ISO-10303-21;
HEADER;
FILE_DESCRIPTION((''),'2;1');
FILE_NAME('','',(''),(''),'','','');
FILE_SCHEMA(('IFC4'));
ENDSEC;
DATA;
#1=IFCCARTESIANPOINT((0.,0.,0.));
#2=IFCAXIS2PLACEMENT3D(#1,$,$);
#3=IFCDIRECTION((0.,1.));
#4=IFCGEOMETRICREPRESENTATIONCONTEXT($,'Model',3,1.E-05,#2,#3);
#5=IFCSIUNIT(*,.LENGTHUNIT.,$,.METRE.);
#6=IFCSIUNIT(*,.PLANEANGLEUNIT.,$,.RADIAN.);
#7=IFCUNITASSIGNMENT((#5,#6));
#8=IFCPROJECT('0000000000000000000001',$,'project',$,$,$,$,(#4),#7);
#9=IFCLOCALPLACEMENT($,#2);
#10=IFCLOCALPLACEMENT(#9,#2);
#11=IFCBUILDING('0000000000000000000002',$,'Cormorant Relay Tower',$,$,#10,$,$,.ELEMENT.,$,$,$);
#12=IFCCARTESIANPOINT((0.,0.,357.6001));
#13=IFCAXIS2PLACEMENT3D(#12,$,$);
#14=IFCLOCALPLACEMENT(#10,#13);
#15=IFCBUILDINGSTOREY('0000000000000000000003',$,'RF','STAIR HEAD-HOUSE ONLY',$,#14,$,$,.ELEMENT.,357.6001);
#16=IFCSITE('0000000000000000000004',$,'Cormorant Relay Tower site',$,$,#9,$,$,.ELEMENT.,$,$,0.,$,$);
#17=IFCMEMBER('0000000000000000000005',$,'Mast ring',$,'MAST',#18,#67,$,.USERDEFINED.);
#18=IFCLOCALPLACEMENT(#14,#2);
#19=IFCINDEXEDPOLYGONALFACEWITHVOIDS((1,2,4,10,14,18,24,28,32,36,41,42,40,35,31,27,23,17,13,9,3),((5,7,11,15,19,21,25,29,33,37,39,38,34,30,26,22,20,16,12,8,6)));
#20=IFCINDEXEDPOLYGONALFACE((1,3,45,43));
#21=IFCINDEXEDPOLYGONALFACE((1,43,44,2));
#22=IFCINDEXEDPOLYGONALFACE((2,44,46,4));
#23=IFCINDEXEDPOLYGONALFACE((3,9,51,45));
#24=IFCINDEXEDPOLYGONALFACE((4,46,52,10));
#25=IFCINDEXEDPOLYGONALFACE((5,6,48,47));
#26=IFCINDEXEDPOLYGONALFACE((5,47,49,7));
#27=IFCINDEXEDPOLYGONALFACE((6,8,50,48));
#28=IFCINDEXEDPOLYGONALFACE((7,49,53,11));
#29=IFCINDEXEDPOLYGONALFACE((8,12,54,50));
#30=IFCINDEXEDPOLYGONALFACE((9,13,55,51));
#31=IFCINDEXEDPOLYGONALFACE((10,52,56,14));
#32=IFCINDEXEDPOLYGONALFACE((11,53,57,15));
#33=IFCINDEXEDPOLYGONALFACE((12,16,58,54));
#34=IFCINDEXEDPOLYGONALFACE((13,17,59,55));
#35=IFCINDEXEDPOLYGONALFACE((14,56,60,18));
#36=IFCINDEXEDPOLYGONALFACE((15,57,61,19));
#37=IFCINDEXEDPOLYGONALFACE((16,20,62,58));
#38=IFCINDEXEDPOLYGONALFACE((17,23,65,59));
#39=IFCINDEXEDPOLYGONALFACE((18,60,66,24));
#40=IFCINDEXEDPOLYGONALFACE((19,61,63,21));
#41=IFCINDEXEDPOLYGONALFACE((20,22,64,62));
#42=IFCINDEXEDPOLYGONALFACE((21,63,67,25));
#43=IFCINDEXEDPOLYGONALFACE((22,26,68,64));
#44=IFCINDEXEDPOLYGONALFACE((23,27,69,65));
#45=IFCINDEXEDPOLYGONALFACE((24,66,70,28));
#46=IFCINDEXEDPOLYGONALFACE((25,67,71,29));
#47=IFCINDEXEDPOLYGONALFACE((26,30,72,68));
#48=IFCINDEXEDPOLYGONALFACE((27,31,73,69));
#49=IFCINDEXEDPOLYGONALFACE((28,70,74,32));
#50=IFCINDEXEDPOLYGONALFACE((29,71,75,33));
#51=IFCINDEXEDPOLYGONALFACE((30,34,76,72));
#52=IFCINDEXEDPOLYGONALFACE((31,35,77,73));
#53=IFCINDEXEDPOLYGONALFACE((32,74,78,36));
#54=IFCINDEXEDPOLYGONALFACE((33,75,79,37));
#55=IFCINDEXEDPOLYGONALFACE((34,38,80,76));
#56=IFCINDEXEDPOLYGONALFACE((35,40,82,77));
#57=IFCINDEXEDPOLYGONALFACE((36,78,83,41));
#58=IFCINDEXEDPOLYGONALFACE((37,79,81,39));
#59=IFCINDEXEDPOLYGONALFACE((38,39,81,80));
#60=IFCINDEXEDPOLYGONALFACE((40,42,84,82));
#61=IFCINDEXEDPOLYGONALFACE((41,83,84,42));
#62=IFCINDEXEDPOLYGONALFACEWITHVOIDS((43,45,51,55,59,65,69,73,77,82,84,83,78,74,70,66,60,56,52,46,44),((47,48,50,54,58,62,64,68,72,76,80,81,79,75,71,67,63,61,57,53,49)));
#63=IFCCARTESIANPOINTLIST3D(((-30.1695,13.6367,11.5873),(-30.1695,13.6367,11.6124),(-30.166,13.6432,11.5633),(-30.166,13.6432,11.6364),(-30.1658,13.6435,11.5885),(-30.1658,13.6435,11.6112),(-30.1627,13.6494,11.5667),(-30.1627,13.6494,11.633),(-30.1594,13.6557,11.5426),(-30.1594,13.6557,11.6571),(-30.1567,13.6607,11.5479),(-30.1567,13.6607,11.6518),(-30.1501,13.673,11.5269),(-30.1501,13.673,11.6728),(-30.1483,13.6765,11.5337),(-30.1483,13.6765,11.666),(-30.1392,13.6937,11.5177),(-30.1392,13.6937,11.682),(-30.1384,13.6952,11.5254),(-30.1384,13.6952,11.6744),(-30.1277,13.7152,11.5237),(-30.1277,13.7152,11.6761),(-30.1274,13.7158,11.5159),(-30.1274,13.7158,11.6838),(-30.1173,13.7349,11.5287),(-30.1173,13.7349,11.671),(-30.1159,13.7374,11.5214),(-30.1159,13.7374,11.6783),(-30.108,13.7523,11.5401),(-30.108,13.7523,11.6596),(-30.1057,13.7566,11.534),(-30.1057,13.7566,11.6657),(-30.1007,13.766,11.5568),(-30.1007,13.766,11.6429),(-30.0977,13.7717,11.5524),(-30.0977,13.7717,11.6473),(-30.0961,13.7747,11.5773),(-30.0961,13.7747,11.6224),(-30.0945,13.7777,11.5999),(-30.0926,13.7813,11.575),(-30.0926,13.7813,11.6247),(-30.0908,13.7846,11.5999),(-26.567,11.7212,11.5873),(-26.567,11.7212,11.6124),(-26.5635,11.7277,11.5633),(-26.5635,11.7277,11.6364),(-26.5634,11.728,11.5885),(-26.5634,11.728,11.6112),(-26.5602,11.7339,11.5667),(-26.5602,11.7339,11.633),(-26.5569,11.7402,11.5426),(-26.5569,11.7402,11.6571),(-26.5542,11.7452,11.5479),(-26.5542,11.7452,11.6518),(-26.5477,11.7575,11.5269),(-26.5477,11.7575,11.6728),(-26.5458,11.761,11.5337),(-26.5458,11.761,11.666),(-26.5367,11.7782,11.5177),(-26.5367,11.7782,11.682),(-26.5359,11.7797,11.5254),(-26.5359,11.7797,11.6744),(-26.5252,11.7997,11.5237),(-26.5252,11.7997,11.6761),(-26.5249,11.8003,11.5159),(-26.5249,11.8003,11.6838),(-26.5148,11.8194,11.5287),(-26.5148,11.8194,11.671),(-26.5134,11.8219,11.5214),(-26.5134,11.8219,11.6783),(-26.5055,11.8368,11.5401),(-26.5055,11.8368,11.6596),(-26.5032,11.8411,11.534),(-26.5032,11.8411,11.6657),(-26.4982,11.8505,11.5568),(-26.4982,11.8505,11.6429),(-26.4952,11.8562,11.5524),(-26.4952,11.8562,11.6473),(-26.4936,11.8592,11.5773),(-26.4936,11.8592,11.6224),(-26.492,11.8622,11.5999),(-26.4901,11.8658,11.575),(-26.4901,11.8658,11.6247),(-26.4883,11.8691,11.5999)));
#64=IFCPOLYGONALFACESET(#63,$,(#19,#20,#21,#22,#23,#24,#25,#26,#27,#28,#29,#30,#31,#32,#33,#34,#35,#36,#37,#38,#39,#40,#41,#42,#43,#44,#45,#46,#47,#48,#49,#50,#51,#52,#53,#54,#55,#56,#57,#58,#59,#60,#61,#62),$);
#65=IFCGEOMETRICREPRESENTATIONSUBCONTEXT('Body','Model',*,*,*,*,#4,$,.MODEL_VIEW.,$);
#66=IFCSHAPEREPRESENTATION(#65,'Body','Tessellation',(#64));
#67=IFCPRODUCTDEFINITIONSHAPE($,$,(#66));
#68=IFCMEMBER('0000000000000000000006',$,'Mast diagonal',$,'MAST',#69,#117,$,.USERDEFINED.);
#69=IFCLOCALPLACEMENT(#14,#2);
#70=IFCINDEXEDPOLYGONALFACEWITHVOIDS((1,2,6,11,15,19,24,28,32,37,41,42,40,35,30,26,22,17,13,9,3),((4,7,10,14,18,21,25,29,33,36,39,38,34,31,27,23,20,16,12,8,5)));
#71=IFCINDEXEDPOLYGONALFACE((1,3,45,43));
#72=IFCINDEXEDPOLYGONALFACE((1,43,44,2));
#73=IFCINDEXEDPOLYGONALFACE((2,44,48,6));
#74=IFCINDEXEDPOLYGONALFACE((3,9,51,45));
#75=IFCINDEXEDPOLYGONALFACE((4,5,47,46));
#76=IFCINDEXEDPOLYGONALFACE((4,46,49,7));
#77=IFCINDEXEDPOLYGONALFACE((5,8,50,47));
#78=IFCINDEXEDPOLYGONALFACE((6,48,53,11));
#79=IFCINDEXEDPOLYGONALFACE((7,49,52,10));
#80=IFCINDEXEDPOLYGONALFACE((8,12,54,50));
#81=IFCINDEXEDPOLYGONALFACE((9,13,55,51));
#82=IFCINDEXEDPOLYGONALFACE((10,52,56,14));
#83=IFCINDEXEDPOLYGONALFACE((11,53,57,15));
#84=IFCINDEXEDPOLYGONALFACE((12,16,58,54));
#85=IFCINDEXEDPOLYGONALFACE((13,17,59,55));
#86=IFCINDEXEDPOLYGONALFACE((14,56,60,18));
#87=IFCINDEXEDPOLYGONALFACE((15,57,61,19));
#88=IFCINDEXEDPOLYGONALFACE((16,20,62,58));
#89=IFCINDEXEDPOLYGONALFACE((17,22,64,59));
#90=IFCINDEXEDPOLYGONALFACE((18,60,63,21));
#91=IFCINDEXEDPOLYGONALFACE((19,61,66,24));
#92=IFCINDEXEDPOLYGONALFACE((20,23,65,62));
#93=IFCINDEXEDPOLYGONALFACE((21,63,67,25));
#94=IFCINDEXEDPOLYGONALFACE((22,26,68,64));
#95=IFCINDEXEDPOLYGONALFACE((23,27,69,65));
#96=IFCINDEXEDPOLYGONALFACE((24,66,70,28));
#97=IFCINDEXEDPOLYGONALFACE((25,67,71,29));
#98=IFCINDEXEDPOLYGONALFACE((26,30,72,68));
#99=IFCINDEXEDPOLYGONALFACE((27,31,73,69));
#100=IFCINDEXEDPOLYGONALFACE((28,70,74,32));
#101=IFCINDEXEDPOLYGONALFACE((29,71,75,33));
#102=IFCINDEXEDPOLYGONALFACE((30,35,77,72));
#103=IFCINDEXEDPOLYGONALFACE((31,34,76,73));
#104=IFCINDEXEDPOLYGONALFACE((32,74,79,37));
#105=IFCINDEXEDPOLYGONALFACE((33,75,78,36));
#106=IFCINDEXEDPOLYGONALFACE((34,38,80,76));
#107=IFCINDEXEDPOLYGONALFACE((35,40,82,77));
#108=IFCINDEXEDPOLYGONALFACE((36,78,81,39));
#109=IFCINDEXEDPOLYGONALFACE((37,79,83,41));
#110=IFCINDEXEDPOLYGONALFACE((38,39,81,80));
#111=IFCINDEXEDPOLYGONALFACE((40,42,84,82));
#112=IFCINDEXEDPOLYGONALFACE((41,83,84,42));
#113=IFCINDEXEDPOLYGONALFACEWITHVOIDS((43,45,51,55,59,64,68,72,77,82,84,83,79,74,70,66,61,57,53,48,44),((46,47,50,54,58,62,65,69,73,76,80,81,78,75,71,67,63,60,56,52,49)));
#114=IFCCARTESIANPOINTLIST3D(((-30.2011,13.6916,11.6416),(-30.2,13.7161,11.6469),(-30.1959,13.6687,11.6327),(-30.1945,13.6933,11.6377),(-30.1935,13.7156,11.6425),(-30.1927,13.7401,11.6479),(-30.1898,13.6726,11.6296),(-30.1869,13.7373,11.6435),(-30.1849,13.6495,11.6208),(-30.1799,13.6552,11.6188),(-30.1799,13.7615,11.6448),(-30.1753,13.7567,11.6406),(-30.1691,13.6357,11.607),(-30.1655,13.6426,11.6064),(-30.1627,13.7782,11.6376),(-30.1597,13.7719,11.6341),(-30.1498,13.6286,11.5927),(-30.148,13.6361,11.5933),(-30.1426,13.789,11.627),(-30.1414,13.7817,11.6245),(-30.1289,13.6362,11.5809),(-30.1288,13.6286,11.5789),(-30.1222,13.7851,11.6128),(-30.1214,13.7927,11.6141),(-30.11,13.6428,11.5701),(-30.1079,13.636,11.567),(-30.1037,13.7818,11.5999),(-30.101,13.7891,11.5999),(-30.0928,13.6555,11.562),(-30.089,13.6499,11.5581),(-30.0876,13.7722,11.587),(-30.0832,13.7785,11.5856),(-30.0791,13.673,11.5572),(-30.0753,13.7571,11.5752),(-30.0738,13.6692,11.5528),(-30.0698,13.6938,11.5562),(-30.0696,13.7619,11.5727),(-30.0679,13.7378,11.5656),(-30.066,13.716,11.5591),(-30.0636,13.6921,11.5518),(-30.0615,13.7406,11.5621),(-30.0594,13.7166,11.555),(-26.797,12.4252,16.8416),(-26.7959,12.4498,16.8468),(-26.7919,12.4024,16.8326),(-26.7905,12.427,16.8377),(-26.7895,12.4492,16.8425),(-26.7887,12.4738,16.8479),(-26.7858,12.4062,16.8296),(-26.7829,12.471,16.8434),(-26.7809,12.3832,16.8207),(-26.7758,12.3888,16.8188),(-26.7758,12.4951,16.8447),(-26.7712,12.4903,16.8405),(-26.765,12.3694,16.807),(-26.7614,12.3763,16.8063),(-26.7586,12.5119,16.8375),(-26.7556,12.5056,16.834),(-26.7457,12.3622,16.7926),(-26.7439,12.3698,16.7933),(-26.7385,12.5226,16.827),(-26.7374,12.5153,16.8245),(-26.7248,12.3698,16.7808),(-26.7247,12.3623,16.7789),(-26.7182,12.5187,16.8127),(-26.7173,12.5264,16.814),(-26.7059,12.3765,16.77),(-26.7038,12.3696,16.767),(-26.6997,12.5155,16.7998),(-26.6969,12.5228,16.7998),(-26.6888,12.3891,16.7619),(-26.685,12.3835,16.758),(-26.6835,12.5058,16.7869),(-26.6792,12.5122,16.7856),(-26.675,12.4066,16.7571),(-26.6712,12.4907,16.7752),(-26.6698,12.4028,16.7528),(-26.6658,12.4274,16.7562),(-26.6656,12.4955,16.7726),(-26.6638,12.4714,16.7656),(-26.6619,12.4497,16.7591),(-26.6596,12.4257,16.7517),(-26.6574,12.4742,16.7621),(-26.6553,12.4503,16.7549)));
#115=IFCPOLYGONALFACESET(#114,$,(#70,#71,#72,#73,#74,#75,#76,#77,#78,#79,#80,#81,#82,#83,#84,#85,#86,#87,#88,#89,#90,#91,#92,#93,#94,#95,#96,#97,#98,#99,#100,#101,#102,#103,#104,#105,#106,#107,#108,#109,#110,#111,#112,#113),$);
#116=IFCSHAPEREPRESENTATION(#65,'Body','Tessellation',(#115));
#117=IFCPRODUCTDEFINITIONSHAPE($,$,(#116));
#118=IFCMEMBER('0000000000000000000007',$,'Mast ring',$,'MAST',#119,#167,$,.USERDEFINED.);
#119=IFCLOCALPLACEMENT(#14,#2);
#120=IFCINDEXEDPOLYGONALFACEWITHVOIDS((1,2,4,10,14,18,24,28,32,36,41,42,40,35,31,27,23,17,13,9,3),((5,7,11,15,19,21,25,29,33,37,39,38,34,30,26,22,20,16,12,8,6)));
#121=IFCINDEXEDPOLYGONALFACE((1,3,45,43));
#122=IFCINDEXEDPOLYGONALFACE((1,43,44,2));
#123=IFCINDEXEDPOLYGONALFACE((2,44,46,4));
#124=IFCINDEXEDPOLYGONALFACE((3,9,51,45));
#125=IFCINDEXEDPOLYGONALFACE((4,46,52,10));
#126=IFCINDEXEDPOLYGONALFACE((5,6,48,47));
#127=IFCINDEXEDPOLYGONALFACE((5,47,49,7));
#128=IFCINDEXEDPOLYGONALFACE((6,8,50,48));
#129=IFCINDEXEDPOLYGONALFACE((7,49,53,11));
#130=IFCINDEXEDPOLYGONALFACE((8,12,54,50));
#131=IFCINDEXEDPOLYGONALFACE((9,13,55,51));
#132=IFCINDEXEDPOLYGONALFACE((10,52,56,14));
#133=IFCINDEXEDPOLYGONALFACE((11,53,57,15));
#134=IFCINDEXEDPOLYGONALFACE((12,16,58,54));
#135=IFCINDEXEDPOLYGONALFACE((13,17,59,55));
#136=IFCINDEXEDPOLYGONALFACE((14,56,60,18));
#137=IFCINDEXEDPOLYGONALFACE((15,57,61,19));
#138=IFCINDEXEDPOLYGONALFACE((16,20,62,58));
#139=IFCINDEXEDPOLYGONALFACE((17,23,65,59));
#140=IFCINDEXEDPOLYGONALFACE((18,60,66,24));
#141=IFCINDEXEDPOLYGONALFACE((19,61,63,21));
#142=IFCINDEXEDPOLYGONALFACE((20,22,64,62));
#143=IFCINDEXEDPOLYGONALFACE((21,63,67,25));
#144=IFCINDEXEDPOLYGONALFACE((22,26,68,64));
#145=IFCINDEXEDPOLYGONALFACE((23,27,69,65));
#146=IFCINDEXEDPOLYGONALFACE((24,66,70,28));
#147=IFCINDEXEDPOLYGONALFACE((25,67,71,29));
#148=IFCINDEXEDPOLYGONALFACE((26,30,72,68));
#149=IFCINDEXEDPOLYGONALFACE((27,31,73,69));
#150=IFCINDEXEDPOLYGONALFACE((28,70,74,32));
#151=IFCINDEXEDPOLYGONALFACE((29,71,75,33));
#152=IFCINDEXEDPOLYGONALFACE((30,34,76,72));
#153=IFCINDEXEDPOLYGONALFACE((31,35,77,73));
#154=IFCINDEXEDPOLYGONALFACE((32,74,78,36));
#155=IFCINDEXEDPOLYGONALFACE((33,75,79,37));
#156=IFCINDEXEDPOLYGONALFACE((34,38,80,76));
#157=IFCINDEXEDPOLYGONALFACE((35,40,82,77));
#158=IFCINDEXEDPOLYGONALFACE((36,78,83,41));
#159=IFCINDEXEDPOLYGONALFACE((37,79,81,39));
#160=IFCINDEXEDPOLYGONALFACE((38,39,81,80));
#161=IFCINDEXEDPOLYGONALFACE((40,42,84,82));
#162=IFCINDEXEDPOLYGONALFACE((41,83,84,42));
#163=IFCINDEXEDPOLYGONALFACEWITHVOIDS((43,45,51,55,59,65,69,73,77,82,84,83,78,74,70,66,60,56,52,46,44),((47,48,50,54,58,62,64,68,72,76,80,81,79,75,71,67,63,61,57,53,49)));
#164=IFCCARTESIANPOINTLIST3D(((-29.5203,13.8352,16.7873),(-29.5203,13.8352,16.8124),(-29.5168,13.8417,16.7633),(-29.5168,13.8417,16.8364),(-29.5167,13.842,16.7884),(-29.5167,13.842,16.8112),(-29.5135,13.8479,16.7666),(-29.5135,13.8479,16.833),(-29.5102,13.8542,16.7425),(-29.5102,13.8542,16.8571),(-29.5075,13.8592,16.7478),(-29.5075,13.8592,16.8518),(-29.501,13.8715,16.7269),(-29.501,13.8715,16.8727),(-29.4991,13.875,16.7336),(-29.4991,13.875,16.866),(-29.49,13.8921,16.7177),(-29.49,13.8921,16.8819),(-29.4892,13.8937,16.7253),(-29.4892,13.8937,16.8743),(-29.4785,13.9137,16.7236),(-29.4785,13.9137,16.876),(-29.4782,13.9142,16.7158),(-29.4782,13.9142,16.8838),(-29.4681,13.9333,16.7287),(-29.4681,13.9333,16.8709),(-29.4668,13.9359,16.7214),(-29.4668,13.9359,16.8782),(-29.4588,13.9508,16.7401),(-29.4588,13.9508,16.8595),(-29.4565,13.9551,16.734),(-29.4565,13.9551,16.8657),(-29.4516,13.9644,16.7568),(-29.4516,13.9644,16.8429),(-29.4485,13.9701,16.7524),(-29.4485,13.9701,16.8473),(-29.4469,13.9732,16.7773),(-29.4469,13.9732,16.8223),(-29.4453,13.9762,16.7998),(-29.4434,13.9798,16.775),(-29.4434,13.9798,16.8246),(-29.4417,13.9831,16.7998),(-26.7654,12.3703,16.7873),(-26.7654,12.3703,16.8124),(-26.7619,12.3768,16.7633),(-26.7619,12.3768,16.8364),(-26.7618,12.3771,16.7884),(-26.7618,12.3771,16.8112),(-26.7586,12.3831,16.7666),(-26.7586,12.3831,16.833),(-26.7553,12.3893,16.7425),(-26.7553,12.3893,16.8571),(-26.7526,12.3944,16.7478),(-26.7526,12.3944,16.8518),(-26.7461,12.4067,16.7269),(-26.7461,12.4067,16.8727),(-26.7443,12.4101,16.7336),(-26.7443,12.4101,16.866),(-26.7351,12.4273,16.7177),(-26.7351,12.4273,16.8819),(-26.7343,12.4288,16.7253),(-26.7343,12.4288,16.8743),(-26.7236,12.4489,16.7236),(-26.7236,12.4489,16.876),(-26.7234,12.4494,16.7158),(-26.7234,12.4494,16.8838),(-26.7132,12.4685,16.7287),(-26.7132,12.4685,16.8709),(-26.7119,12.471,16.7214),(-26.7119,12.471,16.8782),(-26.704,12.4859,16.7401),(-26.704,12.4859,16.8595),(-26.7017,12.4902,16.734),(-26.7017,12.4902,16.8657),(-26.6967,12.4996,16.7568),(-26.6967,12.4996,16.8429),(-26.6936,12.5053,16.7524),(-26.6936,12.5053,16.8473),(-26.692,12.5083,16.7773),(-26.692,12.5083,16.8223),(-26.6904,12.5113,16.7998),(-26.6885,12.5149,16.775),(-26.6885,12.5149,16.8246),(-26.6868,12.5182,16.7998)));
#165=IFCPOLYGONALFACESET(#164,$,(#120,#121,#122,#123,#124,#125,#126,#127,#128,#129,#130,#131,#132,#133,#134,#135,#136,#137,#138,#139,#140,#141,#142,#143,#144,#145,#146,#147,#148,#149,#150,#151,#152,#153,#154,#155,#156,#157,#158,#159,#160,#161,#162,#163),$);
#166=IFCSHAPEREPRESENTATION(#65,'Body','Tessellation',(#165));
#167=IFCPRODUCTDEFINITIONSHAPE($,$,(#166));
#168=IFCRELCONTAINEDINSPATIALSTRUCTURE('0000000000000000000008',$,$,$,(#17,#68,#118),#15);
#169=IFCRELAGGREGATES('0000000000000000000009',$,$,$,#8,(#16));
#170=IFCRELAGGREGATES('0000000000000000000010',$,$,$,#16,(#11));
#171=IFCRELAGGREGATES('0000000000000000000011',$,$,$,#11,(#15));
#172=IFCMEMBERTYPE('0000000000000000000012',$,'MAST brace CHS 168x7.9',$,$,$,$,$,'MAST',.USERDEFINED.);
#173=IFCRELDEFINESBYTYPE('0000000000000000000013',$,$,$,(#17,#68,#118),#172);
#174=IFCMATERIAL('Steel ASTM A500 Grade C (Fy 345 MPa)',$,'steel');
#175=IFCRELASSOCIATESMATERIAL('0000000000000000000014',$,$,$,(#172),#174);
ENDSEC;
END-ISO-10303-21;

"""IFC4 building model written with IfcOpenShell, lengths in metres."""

from ifc_helpers import new_model, si_unit, direction, frame, origin, origin_2d, place, context, subcontext, project, spatial, hollow_circle, extrude, material, material_profile, profile_set, type_object, element, save


model = new_model("IFC4")

# Units and contexts
model_context = context("Model", 3, precision=1e-05, world=origin(), true_north=direction((0.0, 1.0)))
body_context = subcontext(model_context, "Body", "Model", "MODEL_VIEW")
ifc_project = project(units=[si_unit("LENGTHUNIT", "METRE"), si_unit("PLANEANGLEUNIT", "RADIAN")], contexts=[model_context])

# Site, building, storey
site_placement = place(None, origin())
site = spatial("IfcSite", under=ifc_project, at=site_placement, Name="Cormorant Relay Tower site", CompositionType="ELEMENT", RefElevation=0.0)
building_placement = place(site_placement, origin())
building = spatial("IfcBuilding", under=site, at=building_placement, Name="Cormorant Relay Tower", CompositionType="ELEMENT")
storey_placement = place(building_placement, frame((0.0, 0.0, 357.6001)))
storey = spatial("IfcBuildingStorey", under=building, at=storey_placement, Name="RF", Description="STAIR HEAD-HOUSE ONLY", CompositionType="ELEMENT", Elevation=357.6001)

# Members
ifc_material_1 = material(Name="Steel ASTM A500 Grade C (Fy 345 MPa)", Category="steel")
ifc_material_profile_1 = material_profile(ifc_material_1, hollow_circle(Radius=0.0842, WallThickness=0.0078, at=origin_2d()), Name="CHS 168x7.9")
ifc_profile_set_1 = profile_set([ifc_material_profile_1], Name="Steel ASTM A500 Grade C (Fy 345 MPa)")
member_type_1 = type_object("IfcMemberType", Name="MAST brace CHS 168x7.9", ElementType="MAST", PredefinedType="USERDEFINED", material=ifc_profile_set_1)
member_1_placement = place(storey_placement, frame((-30.1304, 13.7102, 11.5999), z_axis=(0.882945, -0.469476, 0.0), x_axis=(0.469476, 0.882945, 0.0)))
element("IfcMember", 1, at=member_1_placement, inside=storey, type_object=member_type_1, Name="Mast ring", ObjectType="MAST", PredefinedType="USERDEFINED", context=body_context, shape_type="SweptSolid", body=[
    extrude(hollow_circle(Radius=0.0842, WallThickness=0.0078, at=origin_2d()), origin(), (0.0, 0.0, 1.0), 4.0801),
])
member_2_placement = place(storey_placement, frame((-30.1304, 13.7102, 11.5999), z_axis=(0.536682, -0.199654, 0.819823), x_axis=(0.348669, 0.937246, 0.0)))
element("IfcMember", 2, at=member_2_placement, inside=storey, type_object=member_type_1, Name="Mast diagonal", ObjectType="MAST", PredefinedType="USERDEFINED", context=body_context, shape_type="SweptSolid", body=[
    extrude(hollow_circle(Radius=0.0842, WallThickness=0.0078, at=origin_2d()), origin(), (0.0, 0.0, 1.0), 6.3428),
])
member_3_placement = place(storey_placement, frame((-29.4812, 13.9087, 16.7998), z_axis=(0.882941, -0.469483, 0.0), x_axis=(0.469483, 0.882941, 0.0)))
element("IfcMember", 3, at=member_3_placement, inside=storey, type_object=member_type_1, Name="Mast ring", ObjectType="MAST", PredefinedType="USERDEFINED", context=body_context, shape_type="SweptSolid", body=[
    extrude(hollow_circle(Radius=0.0842, WallThickness=0.0078, at=origin_2d()), origin(), (0.0, 0.0, 1.0), 3.1201),
])

save(model, "model.ifc")
